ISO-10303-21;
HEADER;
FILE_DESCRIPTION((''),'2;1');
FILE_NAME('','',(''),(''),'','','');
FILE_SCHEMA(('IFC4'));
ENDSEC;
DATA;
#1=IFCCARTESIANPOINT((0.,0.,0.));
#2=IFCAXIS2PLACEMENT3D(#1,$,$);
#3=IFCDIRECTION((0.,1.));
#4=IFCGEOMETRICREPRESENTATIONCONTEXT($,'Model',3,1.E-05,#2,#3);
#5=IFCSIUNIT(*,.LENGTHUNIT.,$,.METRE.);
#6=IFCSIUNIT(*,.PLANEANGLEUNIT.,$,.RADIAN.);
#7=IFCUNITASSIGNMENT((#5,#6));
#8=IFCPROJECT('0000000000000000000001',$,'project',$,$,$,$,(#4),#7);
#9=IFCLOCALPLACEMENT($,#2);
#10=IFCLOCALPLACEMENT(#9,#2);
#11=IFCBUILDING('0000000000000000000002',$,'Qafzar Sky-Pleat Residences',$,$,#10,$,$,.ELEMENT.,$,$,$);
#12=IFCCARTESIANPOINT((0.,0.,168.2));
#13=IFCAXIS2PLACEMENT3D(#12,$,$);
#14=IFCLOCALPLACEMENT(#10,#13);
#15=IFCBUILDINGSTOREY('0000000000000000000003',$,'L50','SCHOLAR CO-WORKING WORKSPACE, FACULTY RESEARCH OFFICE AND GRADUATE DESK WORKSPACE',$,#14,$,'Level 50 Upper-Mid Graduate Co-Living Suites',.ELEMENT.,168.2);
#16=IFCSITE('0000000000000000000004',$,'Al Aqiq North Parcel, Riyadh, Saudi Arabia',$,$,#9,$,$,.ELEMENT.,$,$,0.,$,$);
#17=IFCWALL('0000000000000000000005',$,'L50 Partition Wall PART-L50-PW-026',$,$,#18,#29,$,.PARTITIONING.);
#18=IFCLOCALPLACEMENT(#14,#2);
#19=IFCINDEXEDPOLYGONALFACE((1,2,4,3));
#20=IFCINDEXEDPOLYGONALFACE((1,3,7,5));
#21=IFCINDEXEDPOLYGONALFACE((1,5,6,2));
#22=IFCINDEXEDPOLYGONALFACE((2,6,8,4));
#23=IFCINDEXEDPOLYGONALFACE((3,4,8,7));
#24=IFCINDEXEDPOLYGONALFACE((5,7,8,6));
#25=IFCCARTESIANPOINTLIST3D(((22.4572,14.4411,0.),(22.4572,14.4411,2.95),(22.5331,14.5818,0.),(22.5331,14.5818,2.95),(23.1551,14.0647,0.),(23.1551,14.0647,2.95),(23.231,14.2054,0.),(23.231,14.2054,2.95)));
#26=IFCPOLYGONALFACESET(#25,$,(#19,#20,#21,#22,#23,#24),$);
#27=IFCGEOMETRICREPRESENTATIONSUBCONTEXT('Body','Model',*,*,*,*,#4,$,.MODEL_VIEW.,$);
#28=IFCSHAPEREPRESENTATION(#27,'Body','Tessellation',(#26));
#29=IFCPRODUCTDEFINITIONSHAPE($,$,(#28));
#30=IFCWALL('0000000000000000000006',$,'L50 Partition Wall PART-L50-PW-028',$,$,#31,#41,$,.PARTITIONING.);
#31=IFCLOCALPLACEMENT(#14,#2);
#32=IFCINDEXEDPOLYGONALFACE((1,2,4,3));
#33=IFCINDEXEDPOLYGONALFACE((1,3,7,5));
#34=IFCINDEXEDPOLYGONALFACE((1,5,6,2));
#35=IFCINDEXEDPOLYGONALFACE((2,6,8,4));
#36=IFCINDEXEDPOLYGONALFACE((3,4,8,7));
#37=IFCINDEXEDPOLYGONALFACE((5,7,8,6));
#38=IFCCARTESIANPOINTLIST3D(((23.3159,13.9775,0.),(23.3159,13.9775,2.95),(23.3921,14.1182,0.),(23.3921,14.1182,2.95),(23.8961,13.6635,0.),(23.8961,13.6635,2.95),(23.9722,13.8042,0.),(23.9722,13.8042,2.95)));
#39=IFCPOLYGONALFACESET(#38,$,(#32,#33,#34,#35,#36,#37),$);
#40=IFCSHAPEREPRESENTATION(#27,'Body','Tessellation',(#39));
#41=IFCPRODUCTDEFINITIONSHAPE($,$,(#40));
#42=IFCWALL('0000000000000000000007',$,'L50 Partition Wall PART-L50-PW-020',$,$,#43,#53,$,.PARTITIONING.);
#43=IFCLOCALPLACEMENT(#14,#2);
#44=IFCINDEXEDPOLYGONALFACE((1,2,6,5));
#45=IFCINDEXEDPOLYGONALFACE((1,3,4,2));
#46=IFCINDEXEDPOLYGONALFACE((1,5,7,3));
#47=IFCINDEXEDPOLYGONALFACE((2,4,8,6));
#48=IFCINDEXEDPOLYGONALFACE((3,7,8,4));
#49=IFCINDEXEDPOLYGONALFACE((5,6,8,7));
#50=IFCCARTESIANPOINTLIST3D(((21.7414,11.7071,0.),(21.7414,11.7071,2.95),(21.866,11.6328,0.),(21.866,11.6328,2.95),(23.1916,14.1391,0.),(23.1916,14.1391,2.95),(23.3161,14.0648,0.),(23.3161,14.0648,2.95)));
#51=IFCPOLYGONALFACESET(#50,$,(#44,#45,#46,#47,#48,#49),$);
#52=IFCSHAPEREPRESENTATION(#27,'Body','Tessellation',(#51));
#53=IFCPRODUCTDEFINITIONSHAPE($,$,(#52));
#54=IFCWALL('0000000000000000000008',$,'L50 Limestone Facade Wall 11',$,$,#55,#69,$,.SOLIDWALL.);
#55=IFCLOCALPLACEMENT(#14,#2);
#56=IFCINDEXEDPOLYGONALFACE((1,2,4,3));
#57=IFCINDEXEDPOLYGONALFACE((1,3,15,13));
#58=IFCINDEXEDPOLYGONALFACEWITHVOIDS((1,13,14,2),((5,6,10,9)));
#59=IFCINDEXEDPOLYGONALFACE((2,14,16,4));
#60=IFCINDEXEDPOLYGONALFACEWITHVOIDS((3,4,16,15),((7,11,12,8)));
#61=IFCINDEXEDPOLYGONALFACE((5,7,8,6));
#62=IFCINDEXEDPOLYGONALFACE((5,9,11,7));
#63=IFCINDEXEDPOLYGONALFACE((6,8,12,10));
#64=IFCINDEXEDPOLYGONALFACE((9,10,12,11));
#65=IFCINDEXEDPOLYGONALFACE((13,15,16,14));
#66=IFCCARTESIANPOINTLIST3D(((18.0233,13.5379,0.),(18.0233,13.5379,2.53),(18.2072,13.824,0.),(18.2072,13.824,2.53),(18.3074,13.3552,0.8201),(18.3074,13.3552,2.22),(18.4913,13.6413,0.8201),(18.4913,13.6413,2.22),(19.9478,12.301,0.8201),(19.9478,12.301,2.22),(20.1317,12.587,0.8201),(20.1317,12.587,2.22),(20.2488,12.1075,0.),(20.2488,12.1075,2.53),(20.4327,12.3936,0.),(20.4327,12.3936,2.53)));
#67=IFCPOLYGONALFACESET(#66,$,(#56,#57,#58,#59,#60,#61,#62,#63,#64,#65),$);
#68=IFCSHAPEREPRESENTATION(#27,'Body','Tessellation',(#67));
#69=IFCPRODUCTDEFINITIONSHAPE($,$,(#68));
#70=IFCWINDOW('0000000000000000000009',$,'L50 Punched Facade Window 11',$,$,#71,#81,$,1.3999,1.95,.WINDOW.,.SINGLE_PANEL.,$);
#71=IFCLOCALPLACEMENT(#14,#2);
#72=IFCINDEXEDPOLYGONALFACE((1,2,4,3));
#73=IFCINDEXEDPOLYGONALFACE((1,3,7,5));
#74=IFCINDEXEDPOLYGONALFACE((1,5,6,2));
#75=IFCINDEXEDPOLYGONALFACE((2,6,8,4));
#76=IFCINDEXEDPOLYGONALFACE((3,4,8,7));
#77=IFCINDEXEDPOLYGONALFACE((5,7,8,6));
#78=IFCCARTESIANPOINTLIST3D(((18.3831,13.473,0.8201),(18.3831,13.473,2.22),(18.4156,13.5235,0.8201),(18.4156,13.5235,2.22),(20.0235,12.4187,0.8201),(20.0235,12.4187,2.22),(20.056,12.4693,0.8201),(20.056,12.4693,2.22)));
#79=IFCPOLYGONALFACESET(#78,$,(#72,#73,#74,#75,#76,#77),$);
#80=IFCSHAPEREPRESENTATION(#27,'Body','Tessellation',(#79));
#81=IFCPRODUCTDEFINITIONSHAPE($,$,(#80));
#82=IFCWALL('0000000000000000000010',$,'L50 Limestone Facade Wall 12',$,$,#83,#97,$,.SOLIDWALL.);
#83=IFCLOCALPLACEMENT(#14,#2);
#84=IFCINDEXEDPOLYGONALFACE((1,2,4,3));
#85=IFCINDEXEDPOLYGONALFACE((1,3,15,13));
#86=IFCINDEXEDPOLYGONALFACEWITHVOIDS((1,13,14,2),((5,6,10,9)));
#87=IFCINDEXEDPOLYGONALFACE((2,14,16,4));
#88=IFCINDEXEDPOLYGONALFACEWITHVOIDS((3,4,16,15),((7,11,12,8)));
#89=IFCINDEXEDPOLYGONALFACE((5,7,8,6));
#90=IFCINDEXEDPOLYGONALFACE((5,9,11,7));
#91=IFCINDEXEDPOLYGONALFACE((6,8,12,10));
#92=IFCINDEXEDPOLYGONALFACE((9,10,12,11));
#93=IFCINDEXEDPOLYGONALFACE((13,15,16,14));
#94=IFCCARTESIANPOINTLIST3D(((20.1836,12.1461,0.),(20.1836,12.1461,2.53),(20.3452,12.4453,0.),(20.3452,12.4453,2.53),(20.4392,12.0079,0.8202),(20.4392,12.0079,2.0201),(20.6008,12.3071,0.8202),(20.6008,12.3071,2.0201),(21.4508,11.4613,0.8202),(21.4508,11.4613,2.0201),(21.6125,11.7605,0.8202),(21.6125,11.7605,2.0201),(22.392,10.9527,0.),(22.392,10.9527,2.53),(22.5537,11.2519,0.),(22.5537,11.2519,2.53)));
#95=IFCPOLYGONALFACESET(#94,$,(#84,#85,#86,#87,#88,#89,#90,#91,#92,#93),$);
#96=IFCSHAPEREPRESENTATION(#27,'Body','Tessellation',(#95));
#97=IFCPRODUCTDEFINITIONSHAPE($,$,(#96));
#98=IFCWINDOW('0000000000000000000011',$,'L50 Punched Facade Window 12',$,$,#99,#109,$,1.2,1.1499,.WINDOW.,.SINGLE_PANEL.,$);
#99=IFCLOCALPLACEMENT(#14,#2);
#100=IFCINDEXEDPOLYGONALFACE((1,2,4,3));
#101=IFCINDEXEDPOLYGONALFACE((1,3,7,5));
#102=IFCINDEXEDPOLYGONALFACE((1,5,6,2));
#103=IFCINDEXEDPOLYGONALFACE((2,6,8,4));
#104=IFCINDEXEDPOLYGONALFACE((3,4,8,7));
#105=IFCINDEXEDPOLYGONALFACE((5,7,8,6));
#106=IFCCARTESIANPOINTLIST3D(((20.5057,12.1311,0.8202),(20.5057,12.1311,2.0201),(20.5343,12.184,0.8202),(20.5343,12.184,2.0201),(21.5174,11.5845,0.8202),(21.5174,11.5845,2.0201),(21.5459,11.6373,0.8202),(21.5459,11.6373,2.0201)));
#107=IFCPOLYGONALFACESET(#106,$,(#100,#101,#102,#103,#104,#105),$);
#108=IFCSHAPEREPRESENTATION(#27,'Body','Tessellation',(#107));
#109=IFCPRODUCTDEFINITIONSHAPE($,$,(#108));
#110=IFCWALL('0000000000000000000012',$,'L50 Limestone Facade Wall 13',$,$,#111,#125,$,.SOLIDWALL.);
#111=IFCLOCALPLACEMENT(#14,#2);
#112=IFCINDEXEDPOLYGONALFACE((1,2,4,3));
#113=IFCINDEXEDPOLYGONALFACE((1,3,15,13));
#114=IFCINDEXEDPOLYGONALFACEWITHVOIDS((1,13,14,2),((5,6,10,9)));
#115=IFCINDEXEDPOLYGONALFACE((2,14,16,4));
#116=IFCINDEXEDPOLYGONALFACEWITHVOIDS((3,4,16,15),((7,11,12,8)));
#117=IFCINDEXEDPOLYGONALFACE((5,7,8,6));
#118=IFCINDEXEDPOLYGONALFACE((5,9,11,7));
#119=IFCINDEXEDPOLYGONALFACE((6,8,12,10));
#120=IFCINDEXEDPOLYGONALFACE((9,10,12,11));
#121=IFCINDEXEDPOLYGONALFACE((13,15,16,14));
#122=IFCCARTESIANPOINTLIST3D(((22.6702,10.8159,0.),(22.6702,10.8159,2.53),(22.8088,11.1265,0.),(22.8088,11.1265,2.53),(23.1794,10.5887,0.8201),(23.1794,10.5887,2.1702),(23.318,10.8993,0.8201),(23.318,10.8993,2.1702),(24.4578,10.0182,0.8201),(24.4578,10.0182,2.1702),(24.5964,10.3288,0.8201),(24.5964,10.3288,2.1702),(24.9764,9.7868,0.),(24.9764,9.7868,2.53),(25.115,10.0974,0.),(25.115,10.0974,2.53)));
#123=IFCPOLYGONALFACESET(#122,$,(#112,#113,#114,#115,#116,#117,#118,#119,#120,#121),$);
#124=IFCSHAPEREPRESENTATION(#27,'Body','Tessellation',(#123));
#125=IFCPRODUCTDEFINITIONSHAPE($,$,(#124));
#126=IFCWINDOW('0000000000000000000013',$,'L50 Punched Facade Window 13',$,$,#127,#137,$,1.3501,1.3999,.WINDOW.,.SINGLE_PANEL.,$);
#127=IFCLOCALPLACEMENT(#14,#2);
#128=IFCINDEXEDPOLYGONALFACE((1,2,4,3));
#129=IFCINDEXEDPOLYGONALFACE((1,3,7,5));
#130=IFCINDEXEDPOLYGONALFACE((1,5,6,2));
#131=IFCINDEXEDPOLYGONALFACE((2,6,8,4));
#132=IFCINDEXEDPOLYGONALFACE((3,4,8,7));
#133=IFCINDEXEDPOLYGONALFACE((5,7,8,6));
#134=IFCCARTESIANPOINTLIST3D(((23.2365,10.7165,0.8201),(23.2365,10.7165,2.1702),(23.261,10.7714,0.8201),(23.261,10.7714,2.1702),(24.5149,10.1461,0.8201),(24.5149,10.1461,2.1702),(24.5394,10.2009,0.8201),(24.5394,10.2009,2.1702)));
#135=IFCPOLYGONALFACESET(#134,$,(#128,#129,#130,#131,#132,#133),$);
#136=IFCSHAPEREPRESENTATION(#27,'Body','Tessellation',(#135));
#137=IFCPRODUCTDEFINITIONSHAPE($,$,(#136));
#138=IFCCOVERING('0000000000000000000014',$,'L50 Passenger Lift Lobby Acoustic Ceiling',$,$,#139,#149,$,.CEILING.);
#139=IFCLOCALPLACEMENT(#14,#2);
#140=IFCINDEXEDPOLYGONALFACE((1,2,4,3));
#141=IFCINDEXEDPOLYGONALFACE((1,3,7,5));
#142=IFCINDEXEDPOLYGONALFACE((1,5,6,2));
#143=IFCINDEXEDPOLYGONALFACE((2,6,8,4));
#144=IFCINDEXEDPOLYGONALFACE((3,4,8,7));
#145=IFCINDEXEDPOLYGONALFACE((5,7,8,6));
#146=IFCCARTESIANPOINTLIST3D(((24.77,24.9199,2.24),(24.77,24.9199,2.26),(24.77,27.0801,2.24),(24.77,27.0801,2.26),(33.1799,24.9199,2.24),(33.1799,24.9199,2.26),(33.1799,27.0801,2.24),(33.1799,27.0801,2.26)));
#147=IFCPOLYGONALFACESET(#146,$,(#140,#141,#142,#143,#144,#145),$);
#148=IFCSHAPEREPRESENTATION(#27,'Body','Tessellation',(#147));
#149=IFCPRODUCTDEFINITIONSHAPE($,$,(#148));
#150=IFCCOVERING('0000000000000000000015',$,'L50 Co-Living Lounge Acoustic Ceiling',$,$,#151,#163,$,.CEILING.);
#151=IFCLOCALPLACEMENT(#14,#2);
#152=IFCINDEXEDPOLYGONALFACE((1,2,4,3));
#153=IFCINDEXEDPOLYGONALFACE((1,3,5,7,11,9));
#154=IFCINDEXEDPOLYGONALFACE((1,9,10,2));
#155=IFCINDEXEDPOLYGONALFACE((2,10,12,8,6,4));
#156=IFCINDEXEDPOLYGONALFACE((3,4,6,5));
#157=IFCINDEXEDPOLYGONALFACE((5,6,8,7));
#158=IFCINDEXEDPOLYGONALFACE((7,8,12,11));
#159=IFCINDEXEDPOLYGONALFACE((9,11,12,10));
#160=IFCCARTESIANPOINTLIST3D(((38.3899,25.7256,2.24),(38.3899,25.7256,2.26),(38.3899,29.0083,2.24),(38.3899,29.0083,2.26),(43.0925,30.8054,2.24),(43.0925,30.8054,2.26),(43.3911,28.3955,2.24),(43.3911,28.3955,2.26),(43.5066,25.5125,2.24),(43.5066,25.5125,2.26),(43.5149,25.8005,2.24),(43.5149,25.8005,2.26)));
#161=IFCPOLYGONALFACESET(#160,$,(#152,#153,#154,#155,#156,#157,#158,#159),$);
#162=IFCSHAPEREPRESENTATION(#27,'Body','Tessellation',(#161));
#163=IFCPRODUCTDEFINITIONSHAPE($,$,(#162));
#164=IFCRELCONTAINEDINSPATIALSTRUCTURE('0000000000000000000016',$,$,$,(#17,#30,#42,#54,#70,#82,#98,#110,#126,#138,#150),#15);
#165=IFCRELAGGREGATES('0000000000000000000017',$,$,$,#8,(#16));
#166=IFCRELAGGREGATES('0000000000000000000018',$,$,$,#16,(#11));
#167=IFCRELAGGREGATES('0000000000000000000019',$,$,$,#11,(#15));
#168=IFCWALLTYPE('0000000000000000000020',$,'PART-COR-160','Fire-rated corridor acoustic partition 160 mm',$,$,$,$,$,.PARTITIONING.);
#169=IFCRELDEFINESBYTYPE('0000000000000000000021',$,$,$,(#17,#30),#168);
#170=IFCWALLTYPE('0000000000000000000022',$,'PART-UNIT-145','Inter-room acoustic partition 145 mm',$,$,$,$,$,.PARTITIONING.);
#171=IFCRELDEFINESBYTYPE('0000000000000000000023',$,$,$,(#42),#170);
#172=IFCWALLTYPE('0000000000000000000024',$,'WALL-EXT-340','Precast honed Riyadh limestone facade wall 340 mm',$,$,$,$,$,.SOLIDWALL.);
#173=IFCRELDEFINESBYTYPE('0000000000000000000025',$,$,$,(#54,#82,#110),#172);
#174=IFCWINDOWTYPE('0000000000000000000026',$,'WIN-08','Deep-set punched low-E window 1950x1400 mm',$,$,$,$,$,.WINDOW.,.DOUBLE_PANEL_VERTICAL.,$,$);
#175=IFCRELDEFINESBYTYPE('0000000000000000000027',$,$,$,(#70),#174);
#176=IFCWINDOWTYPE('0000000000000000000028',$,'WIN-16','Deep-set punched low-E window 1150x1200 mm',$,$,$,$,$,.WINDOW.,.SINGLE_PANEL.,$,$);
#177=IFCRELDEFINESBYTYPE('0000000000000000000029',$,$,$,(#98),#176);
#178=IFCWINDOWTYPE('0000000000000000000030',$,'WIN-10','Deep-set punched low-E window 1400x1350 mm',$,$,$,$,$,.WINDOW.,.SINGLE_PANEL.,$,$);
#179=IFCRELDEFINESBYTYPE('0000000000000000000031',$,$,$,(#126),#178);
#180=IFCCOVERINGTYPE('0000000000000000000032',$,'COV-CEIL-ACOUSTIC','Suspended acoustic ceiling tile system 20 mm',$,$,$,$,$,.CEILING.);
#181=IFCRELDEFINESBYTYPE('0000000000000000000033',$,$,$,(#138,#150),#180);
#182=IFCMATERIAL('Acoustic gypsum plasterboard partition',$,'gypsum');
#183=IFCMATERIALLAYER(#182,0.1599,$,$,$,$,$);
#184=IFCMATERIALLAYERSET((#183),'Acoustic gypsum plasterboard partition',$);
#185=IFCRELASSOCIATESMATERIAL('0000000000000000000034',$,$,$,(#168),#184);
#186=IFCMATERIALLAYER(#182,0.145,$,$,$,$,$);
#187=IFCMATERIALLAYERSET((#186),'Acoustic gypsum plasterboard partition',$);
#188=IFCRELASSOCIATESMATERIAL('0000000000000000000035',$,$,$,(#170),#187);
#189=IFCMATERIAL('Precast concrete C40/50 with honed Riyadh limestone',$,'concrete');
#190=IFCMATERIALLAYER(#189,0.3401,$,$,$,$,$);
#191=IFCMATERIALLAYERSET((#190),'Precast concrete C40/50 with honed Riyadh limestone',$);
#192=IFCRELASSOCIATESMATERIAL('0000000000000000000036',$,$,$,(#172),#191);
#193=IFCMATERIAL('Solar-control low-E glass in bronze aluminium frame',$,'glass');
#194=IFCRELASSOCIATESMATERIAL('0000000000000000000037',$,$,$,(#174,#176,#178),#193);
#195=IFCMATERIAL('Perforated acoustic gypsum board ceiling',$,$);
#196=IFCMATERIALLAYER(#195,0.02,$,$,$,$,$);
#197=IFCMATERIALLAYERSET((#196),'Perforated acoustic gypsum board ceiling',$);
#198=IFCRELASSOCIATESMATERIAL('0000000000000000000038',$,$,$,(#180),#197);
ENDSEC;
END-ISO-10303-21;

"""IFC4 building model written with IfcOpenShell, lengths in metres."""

from ifc_helpers import new_model, si_unit, direction, frame, frame_2d, origin, place, context, subcontext, project, spatial, polyline, rectangle, outline, extrude, source, transform, mapped, material, layer, layer_set, type_object, element, fill, save


model = new_model("IFC4")

# Units and contexts
model_context = context("Model", 3, precision=1e-05, world=origin(), true_north=direction((0.0, 1.0)))
body_context = subcontext(model_context, "Body", "Model", "MODEL_VIEW")
ifc_project = project(units=[si_unit("LENGTHUNIT", "METRE"), si_unit("PLANEANGLEUNIT", "RADIAN")], contexts=[model_context])

# Site, building, storey
site_placement = place(None, origin())
site = spatial("IfcSite", under=ifc_project, at=site_placement, Name="Al Aqiq North Parcel, Riyadh, Saudi Arabia", CompositionType="ELEMENT", RefElevation=0.0)
building_placement = place(site_placement, origin())
building = spatial("IfcBuilding", under=site, at=building_placement, Name="Qafzar Sky-Pleat Residences", CompositionType="ELEMENT")
storey_placement = place(building_placement, frame((0.0, 0.0, 168.2)))
storey = spatial("IfcBuildingStorey", under=building, at=storey_placement, Name="L50", Description="SCHOLAR CO-WORKING WORKSPACE, FACULTY RESEARCH OFFICE AND GRADUATE DESK WORKSPACE", LongName="Level 50 Upper-Mid Graduate Co-Living Suites", CompositionType="ELEMENT", Elevation=168.2)

# Shared definitions
ifc_material_1 = material(Name="Acoustic gypsum plasterboard partition", Category="gypsum")
ifc_layer_1 = layer(ifc_material_1, 0.1599)
ifc_layer_set_1 = layer_set([ifc_layer_1], Name="Acoustic gypsum plasterboard partition")
wall_type_1 = type_object("IfcWallType", Name="PART-COR-160", Description="Fire-rated corridor acoustic partition 160 mm", PredefinedType="PARTITIONING", material=ifc_layer_set_1)

# Walls
wall_1_placement = place(storey_placement, frame((22.4951, 14.5115, 0.0), z_axis=(0.0, 0.0, 1.0), x_axis=(0.880145, -0.474706, 0.0)))
element("IfcWall", 1, at=wall_1_placement, inside=storey, type_object=wall_type_1, Name="L50 Partition Wall PART-L50-PW-026", PredefinedType="PARTITIONING", context=body_context, shape_type="SweptSolid", body=[
    extrude(rectangle(XDim=0.793, YDim=0.1599, at=frame_2d((0.3965, 0.0))), origin(), (0.0, 0.0, 1.0), 2.95),
])
wall_2_placement = place(storey_placement, frame((23.354, 14.0479, 0.0), z_axis=(0.0, 0.0, 1.0), x_axis=(0.879447, -0.475997, 0.0)))
element("IfcWall", 2, at=wall_2_placement, inside=storey, type_object=wall_type_1, Name="L50 Partition Wall PART-L50-PW-028", PredefinedType="PARTITIONING", context=body_context, shape_type="SweptSolid", body=[
    extrude(rectangle(XDim=0.6597, YDim=0.1599, at=frame_2d((0.3298, 0.0))), origin(), (0.0, 0.0, 1.0), 2.95),
])
ifc_layer_2 = layer(ifc_material_1, 0.145)
ifc_layer_set_2 = layer_set([ifc_layer_2], Name="Acoustic gypsum plasterboard partition")
wall_type_2 = type_object("IfcWallType", Name="PART-UNIT-145", Description="Inter-room acoustic partition 145 mm", PredefinedType="PARTITIONING", material=ifc_layer_set_2)
wall_3_placement = place(storey_placement, frame((21.8037, 11.6699, 0.0), z_axis=(0.0, 0.0, 1.0), x_axis=(0.512135, 0.858905, 0.0)))
element("IfcWall", 3, at=wall_3_placement, inside=storey, type_object=wall_type_2, Name="L50 Partition Wall PART-L50-PW-020", PredefinedType="PARTITIONING", context=body_context, shape_type="SweptSolid", body=[
    extrude(rectangle(XDim=2.8315, YDim=0.145, at=frame_2d((1.4158, 0.0))), origin(), (0.0, 0.0, 1.0), 2.95),
])

# Walls, openings, windows
ifc_material_2 = material(Name="Precast concrete C40/50 with honed Riyadh limestone", Category="concrete")
ifc_layer_3 = layer(ifc_material_2, 0.3401)
ifc_layer_set_3 = layer_set([ifc_layer_3], Name="Precast concrete C40/50 with honed Riyadh limestone")
wall_type_3 = type_object("IfcWallType", Name="WALL-EXT-340", Description="Precast honed Riyadh limestone facade wall 340 mm", PredefinedType="SOLIDWALL", material=ifc_layer_set_3)
wall_4_placement = place(storey_placement, frame((18.1152, 13.6809, 0.0), z_axis=(0.0, 0.0, 1.0), x_axis=(0.841232, -0.540674, 0.0)))
wall_4 = element("IfcWall", 4, at=wall_4_placement, inside=storey, type_object=wall_type_3, Name="L50 Limestone Facade Wall 11", PredefinedType="SOLIDWALL", context=body_context, shape_type="SweptSolid", body=[
    extrude(rectangle(XDim=2.6455, YDim=0.3401, at=frame_2d((1.3228, 0.0))), origin(), (0.0, 0.0, 1.0), 2.53),
])
opening_1_placement = place(wall_4_placement, frame((0.3376, 0.0, 0.8201)))
opening_1 = element("IfcOpeningElement", 5, at=opening_1_placement, cuts=wall_4, PredefinedType="OPENING", context=body_context, shape_type="SweptSolid", body=[
    extrude(rectangle(XDim=1.95, YDim=1.3999, at=frame_2d((0.9751, 0.7))), frame((0.0, 0.1802, 0.0), z_axis=(0.0, -1.0, 0.0), x_axis=(1.0, 0.0, 0.0)), (0.0, 0.0, 1.0), 0.3601),
])
ifc_material_3 = material(Name="Solar-control low-E glass in bronze aluminium frame", Category="glass")
window_type_1 = type_object("IfcWindowType", Name="WIN-08", Description="Deep-set punched low-E window 1950x1400 mm", PartitioningType="DOUBLE_PANEL_VERTICAL", PredefinedType="WINDOW", material=ifc_material_3)
shared_shape_1 = source(origin(), body_context, "Body", "SweptSolid", [
    extrude(rectangle(XDim=1.95, YDim=1.3999, at=frame_2d((0.9751, 0.7))), frame((0.0, 0.03, 0.0), z_axis=(0.0, -1.0, 0.0), x_axis=(1.0, 0.0, 0.0)), (0.0, 0.0, 1.0), 0.0601),
])
window_1_placement = place(opening_1_placement, origin())
window_1 = element("IfcWindow", 6, at=window_1_placement, inside=storey, type_object=window_type_1, Name="L50 Punched Facade Window 11", OverallHeight=1.3999, OverallWidth=1.95, PartitioningType="SINGLE_PANEL", PredefinedType="WINDOW", context=body_context, shape_type="MappedRepresentation", body=[
    mapped(shared_shape_1, transform((0.0, 0.0, 0.0), x_axis=(1.0, 0.0, 0.0), y_axis=(0.0, 1.0, 0.0), z_axis=(0.0, 0.0, 1.0), scale=1.0)),
])
fill(opening_1, window_1)
wall_5_placement = place(storey_placement, frame((20.2644, 12.2957, 0.0), z_axis=(0.0, 0.0, 1.0), x_axis=(0.879777, -0.475387, 0.0)))
wall_5 = element("IfcWall", 7, at=wall_5_placement, inside=storey, type_object=wall_type_3, Name="L50 Limestone Facade Wall 12", PredefinedType="SOLIDWALL", context=body_context, shape_type="SweptSolid", body=[
    extrude(rectangle(XDim=2.5103, YDim=0.3401, at=frame_2d((1.2551, 0.0))), origin(), (0.0, 0.0, 1.0), 2.53),
])
opening_2_placement = place(wall_5_placement, frame((0.2905, 0.0, 0.8201)))
opening_2 = element("IfcOpeningElement", 8, at=opening_2_placement, cuts=wall_5, PredefinedType="OPENING", context=body_context, shape_type="SweptSolid", body=[
    extrude(rectangle(XDim=1.1499, YDim=1.2, at=frame_2d((0.575, 0.6001))), frame((0.0, 0.1802, 0.0), z_axis=(0.0, -1.0, 0.0), x_axis=(1.0, 0.0, 0.0)), (0.0, 0.0, 1.0), 0.3601),
])
window_type_2 = type_object("IfcWindowType", Name="WIN-16", Description="Deep-set punched low-E window 1150x1200 mm", PartitioningType="SINGLE_PANEL", PredefinedType="WINDOW", material=ifc_material_3)
shared_shape_2 = source(origin(), body_context, "Body", "SweptSolid", [
    extrude(rectangle(XDim=1.1499, YDim=1.2, at=frame_2d((0.575, 0.6001))), frame((0.0, 0.03, 0.0), z_axis=(0.0, -1.0, 0.0), x_axis=(1.0, 0.0, 0.0)), (0.0, 0.0, 1.0), 0.0601),
])
window_2_placement = place(opening_2_placement, origin())
window_2 = element("IfcWindow", 9, at=window_2_placement, inside=storey, type_object=window_type_2, Name="L50 Punched Facade Window 12", OverallHeight=1.2, OverallWidth=1.1499, PartitioningType="SINGLE_PANEL", PredefinedType="WINDOW", context=body_context, shape_type="MappedRepresentation", body=[
    mapped(shared_shape_2, transform((0.0, 0.0, 0.0), x_axis=(1.0, 0.0, 0.0), y_axis=(0.0, 1.0, 0.0), z_axis=(0.0, 0.0, 1.0), scale=1.0)),
])
fill(opening_2, window_2)
wall_6_placement = place(storey_placement, frame((22.7395, 10.9712, 0.0), z_axis=(0.0, 0.0, 1.0), x_axis=(0.913209, -0.407492, 0.0)))
wall_6 = element("IfcWall", 10, at=wall_6_placement, inside=storey, type_object=wall_type_3, Name="L50 Limestone Facade Wall 13", PredefinedType="SOLIDWALL", context=body_context, shape_type="SweptSolid", body=[
    extrude(rectangle(XDim=2.5254, YDim=0.3401, at=frame_2d((1.2627, 0.0))), origin(), (0.0, 0.0, 1.0), 2.53),
])
opening_3_placement = place(wall_6_placement, frame((0.5576, 0.0, 0.8201)))
opening_3 = element("IfcOpeningElement", 11, at=opening_3_placement, cuts=wall_6, PredefinedType="OPENING", context=body_context, shape_type="SweptSolid", body=[
    extrude(rectangle(XDim=1.3999, YDim=1.3501, at=frame_2d((0.7, 0.675))), frame((0.0, 0.1802, 0.0), z_axis=(0.0, -1.0, 0.0), x_axis=(1.0, 0.0, 0.0)), (0.0, 0.0, 1.0), 0.3601),
])
window_type_3 = type_object("IfcWindowType", Name="WIN-10", Description="Deep-set punched low-E window 1400x1350 mm", PartitioningType="SINGLE_PANEL", PredefinedType="WINDOW", material=ifc_material_3)
shared_shape_3 = source(origin(), body_context, "Body", "SweptSolid", [
    extrude(rectangle(XDim=1.3999, YDim=1.3501, at=frame_2d((0.7, 0.675))), frame((0.0, 0.03, 0.0), z_axis=(0.0, -1.0, 0.0), x_axis=(1.0, 0.0, 0.0)), (0.0, 0.0, 1.0), 0.0601),
])
window_3_placement = place(opening_3_placement, origin())
window_3 = element("IfcWindow", 12, at=window_3_placement, inside=storey, type_object=window_type_3, Name="L50 Punched Facade Window 13", OverallHeight=1.3501, OverallWidth=1.3999, PartitioningType="SINGLE_PANEL", PredefinedType="WINDOW", context=body_context, shape_type="MappedRepresentation", body=[
    mapped(shared_shape_3, transform((0.0, 0.0, 0.0), x_axis=(1.0, 0.0, 0.0), y_axis=(0.0, 1.0, 0.0), z_axis=(0.0, 0.0, 1.0), scale=1.0)),
])
fill(opening_3, window_3)

# Coverings
ifc_material_4 = material(Name="Perforated acoustic gypsum board ceiling")
ifc_layer_4 = layer(ifc_material_4, 0.02)
ifc_layer_set_4 = layer_set([ifc_layer_4], Name="Perforated acoustic gypsum board ceiling")
covering_type_1 = type_object("IfcCoveringType", Name="COV-CEIL-ACOUSTIC", Description="Suspended acoustic ceiling tile system 20 mm", PredefinedType="CEILING", material=ifc_layer_set_4)
covering_1_placement = place(storey_placement, frame((0.0, 0.0, 2.24)))
element("IfcCovering", 13, at=covering_1_placement, inside=storey, type_object=covering_type_1, Name="L50 Passenger Lift Lobby Acoustic Ceiling", PredefinedType="CEILING", context=body_context, shape_type="SweptSolid", body=[
    extrude(outline(polyline([(33.1799, 24.9199), (24.77, 24.9199), (24.77, 27.0801), (33.1799, 27.0801), (33.1799, 24.9199)])), origin(), (0.0, 0.0, 1.0), 0.02),
])
covering_2_placement = place(storey_placement, frame((0.0, 0.0, 2.24)))
element("IfcCovering", 14, at=covering_2_placement, inside=storey, type_object=covering_type_1, Name="L50 Co-Living Lounge Acoustic Ceiling", PredefinedType="CEILING", context=body_context, shape_type="SweptSolid", body=[
    extrude(outline(polyline([(43.3911, 28.3955), (43.5149, 25.8005), (43.5066, 25.5125), (38.3899, 25.7256), (38.3899, 29.0083), (43.0925, 30.8054), (43.3911, 28.3955)])), origin(), (0.0, 0.0, 1.0), 0.02),
])

save(model, "model.ifc")
